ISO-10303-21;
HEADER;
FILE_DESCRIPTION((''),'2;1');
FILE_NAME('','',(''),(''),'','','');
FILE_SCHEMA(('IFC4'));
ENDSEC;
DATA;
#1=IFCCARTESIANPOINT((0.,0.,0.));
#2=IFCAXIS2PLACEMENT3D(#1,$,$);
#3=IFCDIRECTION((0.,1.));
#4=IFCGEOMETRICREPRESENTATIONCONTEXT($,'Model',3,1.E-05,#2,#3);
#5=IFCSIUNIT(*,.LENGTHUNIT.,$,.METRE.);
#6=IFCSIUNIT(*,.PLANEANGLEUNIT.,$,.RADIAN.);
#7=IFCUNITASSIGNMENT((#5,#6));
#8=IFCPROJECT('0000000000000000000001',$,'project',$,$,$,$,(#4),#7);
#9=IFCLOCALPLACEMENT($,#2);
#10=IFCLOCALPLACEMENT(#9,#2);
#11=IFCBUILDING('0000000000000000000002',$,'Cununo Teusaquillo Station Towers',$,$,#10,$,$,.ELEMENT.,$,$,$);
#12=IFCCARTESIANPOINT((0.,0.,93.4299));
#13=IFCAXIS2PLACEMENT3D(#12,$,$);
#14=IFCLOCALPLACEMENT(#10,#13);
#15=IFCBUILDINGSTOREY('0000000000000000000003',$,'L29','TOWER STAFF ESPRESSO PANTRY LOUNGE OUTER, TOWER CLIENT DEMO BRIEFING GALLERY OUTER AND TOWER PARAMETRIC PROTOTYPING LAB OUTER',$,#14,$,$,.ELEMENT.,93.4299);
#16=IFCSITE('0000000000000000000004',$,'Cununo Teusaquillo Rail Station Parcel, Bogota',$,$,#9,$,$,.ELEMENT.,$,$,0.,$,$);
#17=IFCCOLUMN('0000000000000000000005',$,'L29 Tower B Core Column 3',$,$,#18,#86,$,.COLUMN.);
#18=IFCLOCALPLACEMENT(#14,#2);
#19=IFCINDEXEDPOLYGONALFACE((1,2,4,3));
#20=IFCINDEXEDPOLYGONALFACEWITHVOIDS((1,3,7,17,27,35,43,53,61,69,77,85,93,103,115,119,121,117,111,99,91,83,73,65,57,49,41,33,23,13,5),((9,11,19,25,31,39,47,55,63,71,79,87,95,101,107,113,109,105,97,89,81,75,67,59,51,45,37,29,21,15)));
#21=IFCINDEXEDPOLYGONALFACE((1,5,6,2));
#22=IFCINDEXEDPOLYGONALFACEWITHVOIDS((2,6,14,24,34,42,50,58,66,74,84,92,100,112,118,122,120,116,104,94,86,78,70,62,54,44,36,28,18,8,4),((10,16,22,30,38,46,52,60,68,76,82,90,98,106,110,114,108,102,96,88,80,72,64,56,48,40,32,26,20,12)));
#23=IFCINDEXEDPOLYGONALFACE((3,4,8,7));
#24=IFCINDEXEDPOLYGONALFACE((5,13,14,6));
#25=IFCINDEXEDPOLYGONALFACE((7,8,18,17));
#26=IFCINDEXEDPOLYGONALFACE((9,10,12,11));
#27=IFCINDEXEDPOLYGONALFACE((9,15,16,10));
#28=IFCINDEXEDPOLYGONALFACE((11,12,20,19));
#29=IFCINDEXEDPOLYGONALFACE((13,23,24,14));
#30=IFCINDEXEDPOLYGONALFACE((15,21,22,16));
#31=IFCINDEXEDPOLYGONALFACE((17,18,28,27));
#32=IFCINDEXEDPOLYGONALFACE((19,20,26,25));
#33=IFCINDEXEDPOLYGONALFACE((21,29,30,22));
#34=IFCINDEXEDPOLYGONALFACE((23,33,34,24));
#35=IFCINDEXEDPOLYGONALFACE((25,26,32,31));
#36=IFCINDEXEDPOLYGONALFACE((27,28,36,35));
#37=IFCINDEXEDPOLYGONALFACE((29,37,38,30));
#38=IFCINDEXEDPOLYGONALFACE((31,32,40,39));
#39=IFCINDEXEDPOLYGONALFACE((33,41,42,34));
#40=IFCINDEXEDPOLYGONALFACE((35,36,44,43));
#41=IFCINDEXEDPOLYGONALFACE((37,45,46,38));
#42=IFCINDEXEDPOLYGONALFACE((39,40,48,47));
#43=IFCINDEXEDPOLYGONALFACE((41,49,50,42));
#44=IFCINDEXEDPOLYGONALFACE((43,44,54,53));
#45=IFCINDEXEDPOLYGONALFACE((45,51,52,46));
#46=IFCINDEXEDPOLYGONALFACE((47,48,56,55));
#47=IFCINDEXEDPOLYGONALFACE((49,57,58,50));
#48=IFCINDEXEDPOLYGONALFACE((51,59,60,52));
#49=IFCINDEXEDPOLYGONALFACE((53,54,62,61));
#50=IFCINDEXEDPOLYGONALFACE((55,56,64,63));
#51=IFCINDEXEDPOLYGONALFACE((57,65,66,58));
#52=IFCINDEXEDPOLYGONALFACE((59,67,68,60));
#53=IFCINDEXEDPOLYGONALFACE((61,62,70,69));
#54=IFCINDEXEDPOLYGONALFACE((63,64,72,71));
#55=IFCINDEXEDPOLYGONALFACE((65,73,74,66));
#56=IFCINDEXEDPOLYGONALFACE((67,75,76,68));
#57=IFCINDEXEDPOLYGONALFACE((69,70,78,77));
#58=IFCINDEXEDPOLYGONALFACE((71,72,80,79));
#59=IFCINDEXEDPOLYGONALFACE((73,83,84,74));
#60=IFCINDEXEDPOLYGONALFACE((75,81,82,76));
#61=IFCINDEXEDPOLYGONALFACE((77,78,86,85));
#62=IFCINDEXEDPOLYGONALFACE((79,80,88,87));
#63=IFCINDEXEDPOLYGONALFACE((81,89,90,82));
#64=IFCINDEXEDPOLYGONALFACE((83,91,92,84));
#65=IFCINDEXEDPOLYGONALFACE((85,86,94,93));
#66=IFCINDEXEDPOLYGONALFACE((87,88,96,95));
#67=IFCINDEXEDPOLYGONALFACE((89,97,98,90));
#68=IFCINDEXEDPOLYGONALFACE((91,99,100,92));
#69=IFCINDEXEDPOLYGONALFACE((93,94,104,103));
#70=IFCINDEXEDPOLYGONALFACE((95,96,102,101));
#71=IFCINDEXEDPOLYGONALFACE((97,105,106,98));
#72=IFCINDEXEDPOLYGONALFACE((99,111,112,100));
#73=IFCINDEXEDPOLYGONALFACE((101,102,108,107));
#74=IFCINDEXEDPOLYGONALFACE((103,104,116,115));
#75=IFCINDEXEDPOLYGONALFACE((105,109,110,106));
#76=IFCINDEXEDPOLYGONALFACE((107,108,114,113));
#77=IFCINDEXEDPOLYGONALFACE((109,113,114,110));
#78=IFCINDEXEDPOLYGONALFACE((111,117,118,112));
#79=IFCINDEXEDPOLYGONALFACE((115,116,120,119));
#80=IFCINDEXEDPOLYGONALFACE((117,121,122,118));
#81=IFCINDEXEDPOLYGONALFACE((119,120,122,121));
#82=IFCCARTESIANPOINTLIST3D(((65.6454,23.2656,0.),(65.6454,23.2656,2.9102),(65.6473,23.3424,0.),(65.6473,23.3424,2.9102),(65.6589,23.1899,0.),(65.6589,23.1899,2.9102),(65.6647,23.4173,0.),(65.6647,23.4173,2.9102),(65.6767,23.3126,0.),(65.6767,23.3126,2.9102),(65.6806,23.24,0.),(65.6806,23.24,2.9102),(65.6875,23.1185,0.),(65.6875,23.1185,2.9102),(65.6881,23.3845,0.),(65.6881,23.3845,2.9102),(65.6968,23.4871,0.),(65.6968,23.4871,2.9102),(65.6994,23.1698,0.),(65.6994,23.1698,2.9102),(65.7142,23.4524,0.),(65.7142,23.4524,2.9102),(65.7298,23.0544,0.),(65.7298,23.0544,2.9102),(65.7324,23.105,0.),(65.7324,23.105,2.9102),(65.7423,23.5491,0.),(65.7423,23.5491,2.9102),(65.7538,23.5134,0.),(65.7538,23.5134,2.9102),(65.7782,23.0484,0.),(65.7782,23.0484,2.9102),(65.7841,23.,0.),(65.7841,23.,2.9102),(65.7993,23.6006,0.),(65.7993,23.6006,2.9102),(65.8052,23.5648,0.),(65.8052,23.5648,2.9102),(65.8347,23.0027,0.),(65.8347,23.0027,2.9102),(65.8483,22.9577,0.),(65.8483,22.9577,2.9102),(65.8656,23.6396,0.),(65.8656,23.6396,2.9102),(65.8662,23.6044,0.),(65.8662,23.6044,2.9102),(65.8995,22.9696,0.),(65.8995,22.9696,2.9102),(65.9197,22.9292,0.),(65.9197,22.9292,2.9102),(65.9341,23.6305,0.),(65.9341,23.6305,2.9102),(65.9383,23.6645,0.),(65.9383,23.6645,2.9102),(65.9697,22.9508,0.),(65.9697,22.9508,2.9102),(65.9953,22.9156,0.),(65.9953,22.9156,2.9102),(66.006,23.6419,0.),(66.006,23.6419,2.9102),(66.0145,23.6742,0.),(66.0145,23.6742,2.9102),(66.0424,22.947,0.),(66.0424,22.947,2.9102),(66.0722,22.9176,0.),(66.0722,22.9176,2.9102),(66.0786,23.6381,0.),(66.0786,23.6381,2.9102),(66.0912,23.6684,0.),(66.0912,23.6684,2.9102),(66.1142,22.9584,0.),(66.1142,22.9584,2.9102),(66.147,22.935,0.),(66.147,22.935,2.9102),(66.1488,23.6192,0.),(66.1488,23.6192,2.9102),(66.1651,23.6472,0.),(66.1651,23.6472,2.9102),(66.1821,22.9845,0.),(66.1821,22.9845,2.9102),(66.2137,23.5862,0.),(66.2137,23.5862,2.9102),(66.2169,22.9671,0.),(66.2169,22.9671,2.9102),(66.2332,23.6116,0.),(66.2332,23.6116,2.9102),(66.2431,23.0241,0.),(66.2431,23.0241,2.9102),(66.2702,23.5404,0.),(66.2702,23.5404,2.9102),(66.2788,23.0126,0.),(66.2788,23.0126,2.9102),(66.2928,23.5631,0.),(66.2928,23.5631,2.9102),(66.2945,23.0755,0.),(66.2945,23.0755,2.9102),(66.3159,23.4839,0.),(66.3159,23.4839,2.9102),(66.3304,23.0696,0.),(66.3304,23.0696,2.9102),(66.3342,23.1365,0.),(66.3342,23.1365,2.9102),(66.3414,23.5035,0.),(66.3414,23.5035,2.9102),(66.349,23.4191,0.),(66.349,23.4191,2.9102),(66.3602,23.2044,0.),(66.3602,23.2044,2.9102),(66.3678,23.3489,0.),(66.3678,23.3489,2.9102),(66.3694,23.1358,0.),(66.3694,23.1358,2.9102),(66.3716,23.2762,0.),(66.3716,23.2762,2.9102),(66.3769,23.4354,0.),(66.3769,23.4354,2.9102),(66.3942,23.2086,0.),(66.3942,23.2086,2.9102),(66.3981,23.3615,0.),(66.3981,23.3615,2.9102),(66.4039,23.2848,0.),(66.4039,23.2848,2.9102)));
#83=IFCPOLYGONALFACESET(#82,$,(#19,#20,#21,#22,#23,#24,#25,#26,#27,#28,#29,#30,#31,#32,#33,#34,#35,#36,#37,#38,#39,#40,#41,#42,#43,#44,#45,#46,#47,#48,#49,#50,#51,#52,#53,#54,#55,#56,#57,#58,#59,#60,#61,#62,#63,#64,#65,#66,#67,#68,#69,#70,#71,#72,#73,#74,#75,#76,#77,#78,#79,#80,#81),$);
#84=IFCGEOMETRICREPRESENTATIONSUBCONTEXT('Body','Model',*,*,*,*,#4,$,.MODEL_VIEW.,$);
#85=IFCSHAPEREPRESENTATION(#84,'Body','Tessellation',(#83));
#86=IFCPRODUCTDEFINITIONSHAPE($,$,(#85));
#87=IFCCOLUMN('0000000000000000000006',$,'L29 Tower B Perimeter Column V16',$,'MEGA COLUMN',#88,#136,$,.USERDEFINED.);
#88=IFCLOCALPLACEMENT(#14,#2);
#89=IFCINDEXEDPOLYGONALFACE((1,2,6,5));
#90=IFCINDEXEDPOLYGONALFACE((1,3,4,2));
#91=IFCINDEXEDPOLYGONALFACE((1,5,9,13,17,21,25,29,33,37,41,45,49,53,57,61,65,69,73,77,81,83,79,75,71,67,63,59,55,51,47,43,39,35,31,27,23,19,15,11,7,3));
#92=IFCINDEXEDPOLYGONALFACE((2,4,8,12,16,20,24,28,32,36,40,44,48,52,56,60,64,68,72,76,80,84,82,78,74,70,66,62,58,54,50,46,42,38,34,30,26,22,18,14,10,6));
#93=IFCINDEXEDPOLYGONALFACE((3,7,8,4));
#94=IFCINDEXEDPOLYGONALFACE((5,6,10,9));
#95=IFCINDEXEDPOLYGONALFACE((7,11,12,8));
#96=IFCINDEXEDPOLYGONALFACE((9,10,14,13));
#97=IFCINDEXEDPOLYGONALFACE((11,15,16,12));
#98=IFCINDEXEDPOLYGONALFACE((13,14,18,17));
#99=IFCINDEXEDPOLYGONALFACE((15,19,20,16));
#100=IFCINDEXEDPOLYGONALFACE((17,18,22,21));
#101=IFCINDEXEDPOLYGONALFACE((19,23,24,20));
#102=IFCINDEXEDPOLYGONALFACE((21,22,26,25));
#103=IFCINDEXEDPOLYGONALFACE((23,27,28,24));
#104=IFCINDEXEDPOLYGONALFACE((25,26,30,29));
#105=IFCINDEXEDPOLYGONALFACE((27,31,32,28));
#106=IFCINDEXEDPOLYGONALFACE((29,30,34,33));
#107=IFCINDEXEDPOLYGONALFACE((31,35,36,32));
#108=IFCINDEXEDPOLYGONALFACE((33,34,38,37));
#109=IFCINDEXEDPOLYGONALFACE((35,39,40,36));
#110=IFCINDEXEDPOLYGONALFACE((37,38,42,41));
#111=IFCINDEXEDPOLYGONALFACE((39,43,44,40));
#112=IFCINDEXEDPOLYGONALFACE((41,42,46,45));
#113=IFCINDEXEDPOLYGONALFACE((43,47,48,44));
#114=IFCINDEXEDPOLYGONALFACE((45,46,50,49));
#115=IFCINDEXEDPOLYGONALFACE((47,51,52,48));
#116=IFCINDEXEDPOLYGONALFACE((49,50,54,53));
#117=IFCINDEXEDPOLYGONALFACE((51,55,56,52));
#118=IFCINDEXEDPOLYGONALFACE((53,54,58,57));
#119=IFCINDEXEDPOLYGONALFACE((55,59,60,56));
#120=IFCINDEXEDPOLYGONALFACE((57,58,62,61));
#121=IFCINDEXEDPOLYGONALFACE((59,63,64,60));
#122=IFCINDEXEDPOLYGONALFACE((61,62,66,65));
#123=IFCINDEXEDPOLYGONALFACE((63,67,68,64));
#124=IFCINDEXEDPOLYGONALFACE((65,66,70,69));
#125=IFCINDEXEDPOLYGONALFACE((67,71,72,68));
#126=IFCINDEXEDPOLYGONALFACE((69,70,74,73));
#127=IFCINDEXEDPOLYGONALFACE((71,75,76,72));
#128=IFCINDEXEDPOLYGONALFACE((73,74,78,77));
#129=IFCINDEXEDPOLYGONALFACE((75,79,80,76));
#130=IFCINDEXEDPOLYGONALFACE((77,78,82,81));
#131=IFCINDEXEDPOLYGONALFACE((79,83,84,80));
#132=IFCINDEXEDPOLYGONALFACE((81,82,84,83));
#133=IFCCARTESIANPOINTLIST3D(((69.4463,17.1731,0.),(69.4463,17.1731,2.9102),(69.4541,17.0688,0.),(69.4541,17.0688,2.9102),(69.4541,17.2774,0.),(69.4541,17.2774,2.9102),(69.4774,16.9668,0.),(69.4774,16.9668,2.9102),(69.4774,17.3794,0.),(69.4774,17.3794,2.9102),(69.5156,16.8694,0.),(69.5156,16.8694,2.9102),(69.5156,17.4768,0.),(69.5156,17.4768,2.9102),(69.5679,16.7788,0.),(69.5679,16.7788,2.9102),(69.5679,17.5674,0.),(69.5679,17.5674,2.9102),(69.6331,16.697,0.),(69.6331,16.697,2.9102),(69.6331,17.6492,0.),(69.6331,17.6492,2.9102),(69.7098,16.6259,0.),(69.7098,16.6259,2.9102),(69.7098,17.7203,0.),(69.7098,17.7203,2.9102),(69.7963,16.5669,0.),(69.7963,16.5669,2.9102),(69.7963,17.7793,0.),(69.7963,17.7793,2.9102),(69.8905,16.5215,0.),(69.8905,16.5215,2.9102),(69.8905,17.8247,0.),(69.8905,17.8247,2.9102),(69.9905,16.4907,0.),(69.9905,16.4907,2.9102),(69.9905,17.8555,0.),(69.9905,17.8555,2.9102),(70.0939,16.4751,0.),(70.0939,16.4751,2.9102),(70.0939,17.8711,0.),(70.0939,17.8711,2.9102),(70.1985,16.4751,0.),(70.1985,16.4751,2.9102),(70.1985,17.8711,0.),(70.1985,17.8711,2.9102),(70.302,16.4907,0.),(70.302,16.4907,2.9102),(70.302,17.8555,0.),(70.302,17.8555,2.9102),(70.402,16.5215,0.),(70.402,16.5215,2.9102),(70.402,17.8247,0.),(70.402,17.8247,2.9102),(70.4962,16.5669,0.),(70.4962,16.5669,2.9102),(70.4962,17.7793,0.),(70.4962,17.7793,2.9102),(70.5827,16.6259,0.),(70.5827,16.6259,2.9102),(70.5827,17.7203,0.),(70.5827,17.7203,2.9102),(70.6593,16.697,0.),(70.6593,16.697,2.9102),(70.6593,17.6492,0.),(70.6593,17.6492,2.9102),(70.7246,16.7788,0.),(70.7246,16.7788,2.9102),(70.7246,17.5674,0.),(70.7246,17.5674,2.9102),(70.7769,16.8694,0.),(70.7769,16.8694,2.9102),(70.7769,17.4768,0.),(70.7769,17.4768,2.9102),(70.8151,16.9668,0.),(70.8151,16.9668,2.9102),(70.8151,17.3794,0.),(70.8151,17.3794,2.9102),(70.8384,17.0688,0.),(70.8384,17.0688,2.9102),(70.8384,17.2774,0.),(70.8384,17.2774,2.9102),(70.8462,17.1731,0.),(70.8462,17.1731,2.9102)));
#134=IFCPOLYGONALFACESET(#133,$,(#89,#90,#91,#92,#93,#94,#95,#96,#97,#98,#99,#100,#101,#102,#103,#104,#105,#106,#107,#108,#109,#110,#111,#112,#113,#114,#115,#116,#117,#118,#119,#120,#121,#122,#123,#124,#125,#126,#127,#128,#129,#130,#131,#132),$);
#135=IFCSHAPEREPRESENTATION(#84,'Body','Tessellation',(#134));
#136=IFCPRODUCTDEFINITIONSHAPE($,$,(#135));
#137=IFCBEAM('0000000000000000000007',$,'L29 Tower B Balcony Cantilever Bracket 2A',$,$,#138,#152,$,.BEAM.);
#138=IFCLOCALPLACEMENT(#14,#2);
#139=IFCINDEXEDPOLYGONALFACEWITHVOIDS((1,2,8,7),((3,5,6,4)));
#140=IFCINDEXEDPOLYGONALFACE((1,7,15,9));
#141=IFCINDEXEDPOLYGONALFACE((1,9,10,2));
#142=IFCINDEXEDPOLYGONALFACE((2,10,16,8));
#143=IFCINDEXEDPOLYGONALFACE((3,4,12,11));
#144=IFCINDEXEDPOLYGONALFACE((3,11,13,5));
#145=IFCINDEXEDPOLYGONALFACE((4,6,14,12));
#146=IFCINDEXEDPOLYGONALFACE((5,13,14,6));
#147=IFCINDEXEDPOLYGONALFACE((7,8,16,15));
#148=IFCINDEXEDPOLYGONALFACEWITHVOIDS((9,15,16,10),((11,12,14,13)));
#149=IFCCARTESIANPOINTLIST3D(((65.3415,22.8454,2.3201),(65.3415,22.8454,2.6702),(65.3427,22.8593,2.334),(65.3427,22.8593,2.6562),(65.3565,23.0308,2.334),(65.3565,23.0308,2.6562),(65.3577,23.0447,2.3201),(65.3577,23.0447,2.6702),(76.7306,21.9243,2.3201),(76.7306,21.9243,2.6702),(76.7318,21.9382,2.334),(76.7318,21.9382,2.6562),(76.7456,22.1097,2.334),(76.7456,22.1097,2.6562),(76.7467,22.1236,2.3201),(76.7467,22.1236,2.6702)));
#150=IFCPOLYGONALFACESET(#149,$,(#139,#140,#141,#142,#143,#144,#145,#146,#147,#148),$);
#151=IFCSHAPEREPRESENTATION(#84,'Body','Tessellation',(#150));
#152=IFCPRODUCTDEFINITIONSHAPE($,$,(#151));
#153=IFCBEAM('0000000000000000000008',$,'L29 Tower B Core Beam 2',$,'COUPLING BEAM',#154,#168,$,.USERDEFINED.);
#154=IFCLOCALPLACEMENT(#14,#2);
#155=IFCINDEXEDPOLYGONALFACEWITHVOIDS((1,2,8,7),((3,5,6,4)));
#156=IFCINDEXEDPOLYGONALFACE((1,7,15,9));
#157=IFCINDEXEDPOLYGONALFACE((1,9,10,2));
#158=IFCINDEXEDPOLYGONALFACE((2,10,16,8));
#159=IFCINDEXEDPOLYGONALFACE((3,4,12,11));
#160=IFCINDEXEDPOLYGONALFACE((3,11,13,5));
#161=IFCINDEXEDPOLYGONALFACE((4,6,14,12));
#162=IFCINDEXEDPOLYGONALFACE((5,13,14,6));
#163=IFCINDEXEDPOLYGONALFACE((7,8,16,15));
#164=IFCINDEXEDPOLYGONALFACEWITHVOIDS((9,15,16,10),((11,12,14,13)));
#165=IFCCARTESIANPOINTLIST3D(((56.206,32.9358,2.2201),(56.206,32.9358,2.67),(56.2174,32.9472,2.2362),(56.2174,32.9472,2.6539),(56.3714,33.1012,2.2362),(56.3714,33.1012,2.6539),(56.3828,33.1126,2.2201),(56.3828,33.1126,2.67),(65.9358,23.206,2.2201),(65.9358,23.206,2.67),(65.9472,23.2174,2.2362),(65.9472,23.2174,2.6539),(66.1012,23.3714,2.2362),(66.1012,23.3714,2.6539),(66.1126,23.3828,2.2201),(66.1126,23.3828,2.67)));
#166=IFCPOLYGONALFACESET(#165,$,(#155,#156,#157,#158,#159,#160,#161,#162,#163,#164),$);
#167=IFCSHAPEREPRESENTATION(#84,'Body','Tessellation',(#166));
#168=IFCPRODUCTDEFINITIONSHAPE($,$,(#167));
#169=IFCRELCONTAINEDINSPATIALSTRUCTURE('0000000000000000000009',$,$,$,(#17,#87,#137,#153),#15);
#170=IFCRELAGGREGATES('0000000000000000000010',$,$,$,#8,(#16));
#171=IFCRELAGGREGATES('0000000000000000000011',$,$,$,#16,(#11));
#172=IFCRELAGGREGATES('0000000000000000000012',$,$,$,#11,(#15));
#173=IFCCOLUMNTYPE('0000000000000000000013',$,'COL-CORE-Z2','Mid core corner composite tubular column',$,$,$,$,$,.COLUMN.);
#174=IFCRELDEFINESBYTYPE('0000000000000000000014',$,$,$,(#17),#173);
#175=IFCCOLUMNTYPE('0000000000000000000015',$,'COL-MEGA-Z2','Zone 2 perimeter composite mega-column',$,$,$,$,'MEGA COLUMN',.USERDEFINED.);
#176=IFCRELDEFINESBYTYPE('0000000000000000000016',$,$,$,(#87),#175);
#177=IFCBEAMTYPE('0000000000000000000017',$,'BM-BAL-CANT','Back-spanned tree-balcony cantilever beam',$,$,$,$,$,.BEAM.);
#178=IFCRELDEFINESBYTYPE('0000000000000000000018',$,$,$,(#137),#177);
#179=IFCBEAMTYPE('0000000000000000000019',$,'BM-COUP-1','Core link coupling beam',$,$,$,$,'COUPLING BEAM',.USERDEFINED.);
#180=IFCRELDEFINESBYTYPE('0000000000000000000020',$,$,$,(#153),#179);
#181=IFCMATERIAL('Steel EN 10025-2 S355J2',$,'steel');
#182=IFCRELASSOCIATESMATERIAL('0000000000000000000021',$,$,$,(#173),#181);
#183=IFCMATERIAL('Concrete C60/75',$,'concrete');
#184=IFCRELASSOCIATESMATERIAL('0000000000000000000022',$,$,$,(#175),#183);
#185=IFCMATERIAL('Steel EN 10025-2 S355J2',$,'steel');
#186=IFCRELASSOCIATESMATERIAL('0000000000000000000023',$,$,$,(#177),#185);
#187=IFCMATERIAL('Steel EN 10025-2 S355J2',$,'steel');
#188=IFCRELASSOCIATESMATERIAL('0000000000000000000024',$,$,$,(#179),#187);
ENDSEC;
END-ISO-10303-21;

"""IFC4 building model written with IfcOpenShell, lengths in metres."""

from ifc_helpers import new_model, si_unit, direction, frame, origin, origin_2d, place, context, subcontext, project, spatial, hollow_rectangle, circle, hollow_circle, extrude, material, material_profile, profile_set, type_object, element, save


model = new_model("IFC4")

# Units and contexts
model_context = context("Model", 3, precision=1e-05, world=origin(), true_north=direction((0.0, 1.0)))
body_context = subcontext(model_context, "Body", "Model", "MODEL_VIEW")
ifc_project = project(units=[si_unit("LENGTHUNIT", "METRE"), si_unit("PLANEANGLEUNIT", "RADIAN")], contexts=[model_context])

# Site, building, storey
site_placement = place(None, origin())
site = spatial("IfcSite", under=ifc_project, at=site_placement, Name="Cununo Teusaquillo Rail Station Parcel, Bogota", CompositionType="ELEMENT", RefElevation=0.0)
building_placement = place(site_placement, origin())
building = spatial("IfcBuilding", under=site, at=building_placement, Name="Cununo Teusaquillo Station Towers", CompositionType="ELEMENT")
storey_placement = place(building_placement, frame((0.0, 0.0, 93.4299)))
storey = spatial("IfcBuildingStorey", under=building, at=storey_placement, Name="L29", Description="TOWER STAFF ESPRESSO PANTRY LOUNGE OUTER, TOWER CLIENT DEMO BRIEFING GALLERY OUTER AND TOWER PARAMETRIC PROTOTYPING LAB OUTER", CompositionType="ELEMENT", Elevation=93.4299)

# Columns
ifc_material_1 = material(Name="Steel EN 10025-2 S355J2", Category="steel")
ifc_material_profile_1 = material_profile(ifc_material_1, hollow_circle(Radius=0.3799, WallThickness=0.032, at=origin_2d()), Name="CHS 760x32")
ifc_profile_set_1 = profile_set([ifc_material_profile_1], Name="Steel EN 10025-2 S355J2")
column_type_1 = type_object("IfcColumnType", Name="COL-CORE-Z2", Description="Mid core corner composite tubular column", PredefinedType="COLUMN", material=ifc_profile_set_1)
column_1_placement = place(storey_placement, frame((66.0242, 23.2944, 0.0), z_axis=(0.0, 0.0, 1.0), x_axis=(0.707107, 0.707107, 0.0)))
element("IfcColumn", 1, at=column_1_placement, inside=storey, type_object=column_type_1, Name="L29 Tower B Core Column 3", PredefinedType="COLUMN", context=body_context, shape_type="SweptSolid", body=[
    extrude(hollow_circle(Radius=0.3799, WallThickness=0.032, at=origin_2d()), origin(), (0.0, 0.0, 1.0), 2.9102),
])
ifc_material_2 = material(Name="Concrete C60/75", Category="concrete")
ifc_material_profile_2 = material_profile(ifc_material_2, circle(Radius=0.7, at=origin_2d()), Name="RC-CIRC-1400")
ifc_profile_set_2 = profile_set([ifc_material_profile_2], Name="Concrete C60/75")
column_type_2 = type_object("IfcColumnType", Name="COL-MEGA-Z2", Description="Zone 2 perimeter composite mega-column", ElementType="MEGA COLUMN", PredefinedType="USERDEFINED", material=ifc_profile_set_2)
column_2_placement = place(storey_placement, frame((70.1462, 17.1731, 0.0), z_axis=(0.0, 0.0, 1.0), x_axis=(1.0, 0.0, 0.0)))
element("IfcColumn", 2, at=column_2_placement, inside=storey, type_object=column_type_2, Name="L29 Tower B Perimeter Column V16", ObjectType="MEGA COLUMN", PredefinedType="USERDEFINED", context=body_context, shape_type="SweptSolid", body=[
    extrude(circle(Radius=0.7, at=origin_2d()), origin(), (0.0, 0.0, 1.0), 2.9102),
])

# Beams
ifc_material_3 = material(Name="Steel EN 10025-2 S355J2", Category="steel")
ifc_material_profile_3 = material_profile(ifc_material_3, hollow_rectangle(XDim=0.2, YDim=0.3501, WallThickness=0.0139, at=origin_2d()), Name="RHS 350x200x14")
ifc_profile_set_3 = profile_set([ifc_material_profile_3], Name="Steel EN 10025-2 S355J2")
beam_type_1 = type_object("IfcBeamType", Name="BM-BAL-CANT", Description="Back-spanned tree-balcony cantilever beam", PredefinedType="BEAM", material=ifc_profile_set_3)
beam_1_placement = place(storey_placement, frame((65.3496, 22.9451, 2.4951), z_axis=(0.996745, -0.080616, 0.0), x_axis=(0.080616, 0.996745, 0.0)))
element("IfcBeam", 3, at=beam_1_placement, inside=storey, type_object=beam_type_1, Name="L29 Tower B Balcony Cantilever Bracket 2A", PredefinedType="BEAM", context=body_context, shape_type="SweptSolid", body=[
    extrude(hollow_rectangle(XDim=0.2, YDim=0.3501, WallThickness=0.0139, at=origin_2d()), origin(), (0.0, 0.0, 1.0), 11.4263),
])
ifc_material_4 = material(Name="Steel EN 10025-2 S355J2", Category="steel")
ifc_material_profile_4 = material_profile(ifc_material_4, hollow_rectangle(XDim=0.25, YDim=0.45, WallThickness=0.0161, at=origin_2d()), Name="RHS 450x250x16")
ifc_profile_set_4 = profile_set([ifc_material_profile_4], Name="Steel EN 10025-2 S355J2")
beam_type_2 = type_object("IfcBeamType", Name="BM-COUP-1", Description="Core link coupling beam", ElementType="COUPLING BEAM", PredefinedType="USERDEFINED", material=ifc_profile_set_4)
beam_2_placement = place(storey_placement, frame((66.0242, 23.2944, 2.4451), z_axis=(-0.707107, 0.707107, 0.0), x_axis=(-0.707107, -0.707107, 0.0)))
element("IfcBeam", 4, at=beam_2_placement, inside=storey, type_object=beam_type_2, Name="L29 Tower B Core Beam 2", ObjectType="COUPLING BEAM", PredefinedType="USERDEFINED", context=body_context, shape_type="SweptSolid", body=[
    extrude(hollow_rectangle(XDim=0.25, YDim=0.45, WallThickness=0.0161, at=origin_2d()), origin(), (0.0, 0.0, 1.0), 13.76),
])

save(model, "model.ifc")
